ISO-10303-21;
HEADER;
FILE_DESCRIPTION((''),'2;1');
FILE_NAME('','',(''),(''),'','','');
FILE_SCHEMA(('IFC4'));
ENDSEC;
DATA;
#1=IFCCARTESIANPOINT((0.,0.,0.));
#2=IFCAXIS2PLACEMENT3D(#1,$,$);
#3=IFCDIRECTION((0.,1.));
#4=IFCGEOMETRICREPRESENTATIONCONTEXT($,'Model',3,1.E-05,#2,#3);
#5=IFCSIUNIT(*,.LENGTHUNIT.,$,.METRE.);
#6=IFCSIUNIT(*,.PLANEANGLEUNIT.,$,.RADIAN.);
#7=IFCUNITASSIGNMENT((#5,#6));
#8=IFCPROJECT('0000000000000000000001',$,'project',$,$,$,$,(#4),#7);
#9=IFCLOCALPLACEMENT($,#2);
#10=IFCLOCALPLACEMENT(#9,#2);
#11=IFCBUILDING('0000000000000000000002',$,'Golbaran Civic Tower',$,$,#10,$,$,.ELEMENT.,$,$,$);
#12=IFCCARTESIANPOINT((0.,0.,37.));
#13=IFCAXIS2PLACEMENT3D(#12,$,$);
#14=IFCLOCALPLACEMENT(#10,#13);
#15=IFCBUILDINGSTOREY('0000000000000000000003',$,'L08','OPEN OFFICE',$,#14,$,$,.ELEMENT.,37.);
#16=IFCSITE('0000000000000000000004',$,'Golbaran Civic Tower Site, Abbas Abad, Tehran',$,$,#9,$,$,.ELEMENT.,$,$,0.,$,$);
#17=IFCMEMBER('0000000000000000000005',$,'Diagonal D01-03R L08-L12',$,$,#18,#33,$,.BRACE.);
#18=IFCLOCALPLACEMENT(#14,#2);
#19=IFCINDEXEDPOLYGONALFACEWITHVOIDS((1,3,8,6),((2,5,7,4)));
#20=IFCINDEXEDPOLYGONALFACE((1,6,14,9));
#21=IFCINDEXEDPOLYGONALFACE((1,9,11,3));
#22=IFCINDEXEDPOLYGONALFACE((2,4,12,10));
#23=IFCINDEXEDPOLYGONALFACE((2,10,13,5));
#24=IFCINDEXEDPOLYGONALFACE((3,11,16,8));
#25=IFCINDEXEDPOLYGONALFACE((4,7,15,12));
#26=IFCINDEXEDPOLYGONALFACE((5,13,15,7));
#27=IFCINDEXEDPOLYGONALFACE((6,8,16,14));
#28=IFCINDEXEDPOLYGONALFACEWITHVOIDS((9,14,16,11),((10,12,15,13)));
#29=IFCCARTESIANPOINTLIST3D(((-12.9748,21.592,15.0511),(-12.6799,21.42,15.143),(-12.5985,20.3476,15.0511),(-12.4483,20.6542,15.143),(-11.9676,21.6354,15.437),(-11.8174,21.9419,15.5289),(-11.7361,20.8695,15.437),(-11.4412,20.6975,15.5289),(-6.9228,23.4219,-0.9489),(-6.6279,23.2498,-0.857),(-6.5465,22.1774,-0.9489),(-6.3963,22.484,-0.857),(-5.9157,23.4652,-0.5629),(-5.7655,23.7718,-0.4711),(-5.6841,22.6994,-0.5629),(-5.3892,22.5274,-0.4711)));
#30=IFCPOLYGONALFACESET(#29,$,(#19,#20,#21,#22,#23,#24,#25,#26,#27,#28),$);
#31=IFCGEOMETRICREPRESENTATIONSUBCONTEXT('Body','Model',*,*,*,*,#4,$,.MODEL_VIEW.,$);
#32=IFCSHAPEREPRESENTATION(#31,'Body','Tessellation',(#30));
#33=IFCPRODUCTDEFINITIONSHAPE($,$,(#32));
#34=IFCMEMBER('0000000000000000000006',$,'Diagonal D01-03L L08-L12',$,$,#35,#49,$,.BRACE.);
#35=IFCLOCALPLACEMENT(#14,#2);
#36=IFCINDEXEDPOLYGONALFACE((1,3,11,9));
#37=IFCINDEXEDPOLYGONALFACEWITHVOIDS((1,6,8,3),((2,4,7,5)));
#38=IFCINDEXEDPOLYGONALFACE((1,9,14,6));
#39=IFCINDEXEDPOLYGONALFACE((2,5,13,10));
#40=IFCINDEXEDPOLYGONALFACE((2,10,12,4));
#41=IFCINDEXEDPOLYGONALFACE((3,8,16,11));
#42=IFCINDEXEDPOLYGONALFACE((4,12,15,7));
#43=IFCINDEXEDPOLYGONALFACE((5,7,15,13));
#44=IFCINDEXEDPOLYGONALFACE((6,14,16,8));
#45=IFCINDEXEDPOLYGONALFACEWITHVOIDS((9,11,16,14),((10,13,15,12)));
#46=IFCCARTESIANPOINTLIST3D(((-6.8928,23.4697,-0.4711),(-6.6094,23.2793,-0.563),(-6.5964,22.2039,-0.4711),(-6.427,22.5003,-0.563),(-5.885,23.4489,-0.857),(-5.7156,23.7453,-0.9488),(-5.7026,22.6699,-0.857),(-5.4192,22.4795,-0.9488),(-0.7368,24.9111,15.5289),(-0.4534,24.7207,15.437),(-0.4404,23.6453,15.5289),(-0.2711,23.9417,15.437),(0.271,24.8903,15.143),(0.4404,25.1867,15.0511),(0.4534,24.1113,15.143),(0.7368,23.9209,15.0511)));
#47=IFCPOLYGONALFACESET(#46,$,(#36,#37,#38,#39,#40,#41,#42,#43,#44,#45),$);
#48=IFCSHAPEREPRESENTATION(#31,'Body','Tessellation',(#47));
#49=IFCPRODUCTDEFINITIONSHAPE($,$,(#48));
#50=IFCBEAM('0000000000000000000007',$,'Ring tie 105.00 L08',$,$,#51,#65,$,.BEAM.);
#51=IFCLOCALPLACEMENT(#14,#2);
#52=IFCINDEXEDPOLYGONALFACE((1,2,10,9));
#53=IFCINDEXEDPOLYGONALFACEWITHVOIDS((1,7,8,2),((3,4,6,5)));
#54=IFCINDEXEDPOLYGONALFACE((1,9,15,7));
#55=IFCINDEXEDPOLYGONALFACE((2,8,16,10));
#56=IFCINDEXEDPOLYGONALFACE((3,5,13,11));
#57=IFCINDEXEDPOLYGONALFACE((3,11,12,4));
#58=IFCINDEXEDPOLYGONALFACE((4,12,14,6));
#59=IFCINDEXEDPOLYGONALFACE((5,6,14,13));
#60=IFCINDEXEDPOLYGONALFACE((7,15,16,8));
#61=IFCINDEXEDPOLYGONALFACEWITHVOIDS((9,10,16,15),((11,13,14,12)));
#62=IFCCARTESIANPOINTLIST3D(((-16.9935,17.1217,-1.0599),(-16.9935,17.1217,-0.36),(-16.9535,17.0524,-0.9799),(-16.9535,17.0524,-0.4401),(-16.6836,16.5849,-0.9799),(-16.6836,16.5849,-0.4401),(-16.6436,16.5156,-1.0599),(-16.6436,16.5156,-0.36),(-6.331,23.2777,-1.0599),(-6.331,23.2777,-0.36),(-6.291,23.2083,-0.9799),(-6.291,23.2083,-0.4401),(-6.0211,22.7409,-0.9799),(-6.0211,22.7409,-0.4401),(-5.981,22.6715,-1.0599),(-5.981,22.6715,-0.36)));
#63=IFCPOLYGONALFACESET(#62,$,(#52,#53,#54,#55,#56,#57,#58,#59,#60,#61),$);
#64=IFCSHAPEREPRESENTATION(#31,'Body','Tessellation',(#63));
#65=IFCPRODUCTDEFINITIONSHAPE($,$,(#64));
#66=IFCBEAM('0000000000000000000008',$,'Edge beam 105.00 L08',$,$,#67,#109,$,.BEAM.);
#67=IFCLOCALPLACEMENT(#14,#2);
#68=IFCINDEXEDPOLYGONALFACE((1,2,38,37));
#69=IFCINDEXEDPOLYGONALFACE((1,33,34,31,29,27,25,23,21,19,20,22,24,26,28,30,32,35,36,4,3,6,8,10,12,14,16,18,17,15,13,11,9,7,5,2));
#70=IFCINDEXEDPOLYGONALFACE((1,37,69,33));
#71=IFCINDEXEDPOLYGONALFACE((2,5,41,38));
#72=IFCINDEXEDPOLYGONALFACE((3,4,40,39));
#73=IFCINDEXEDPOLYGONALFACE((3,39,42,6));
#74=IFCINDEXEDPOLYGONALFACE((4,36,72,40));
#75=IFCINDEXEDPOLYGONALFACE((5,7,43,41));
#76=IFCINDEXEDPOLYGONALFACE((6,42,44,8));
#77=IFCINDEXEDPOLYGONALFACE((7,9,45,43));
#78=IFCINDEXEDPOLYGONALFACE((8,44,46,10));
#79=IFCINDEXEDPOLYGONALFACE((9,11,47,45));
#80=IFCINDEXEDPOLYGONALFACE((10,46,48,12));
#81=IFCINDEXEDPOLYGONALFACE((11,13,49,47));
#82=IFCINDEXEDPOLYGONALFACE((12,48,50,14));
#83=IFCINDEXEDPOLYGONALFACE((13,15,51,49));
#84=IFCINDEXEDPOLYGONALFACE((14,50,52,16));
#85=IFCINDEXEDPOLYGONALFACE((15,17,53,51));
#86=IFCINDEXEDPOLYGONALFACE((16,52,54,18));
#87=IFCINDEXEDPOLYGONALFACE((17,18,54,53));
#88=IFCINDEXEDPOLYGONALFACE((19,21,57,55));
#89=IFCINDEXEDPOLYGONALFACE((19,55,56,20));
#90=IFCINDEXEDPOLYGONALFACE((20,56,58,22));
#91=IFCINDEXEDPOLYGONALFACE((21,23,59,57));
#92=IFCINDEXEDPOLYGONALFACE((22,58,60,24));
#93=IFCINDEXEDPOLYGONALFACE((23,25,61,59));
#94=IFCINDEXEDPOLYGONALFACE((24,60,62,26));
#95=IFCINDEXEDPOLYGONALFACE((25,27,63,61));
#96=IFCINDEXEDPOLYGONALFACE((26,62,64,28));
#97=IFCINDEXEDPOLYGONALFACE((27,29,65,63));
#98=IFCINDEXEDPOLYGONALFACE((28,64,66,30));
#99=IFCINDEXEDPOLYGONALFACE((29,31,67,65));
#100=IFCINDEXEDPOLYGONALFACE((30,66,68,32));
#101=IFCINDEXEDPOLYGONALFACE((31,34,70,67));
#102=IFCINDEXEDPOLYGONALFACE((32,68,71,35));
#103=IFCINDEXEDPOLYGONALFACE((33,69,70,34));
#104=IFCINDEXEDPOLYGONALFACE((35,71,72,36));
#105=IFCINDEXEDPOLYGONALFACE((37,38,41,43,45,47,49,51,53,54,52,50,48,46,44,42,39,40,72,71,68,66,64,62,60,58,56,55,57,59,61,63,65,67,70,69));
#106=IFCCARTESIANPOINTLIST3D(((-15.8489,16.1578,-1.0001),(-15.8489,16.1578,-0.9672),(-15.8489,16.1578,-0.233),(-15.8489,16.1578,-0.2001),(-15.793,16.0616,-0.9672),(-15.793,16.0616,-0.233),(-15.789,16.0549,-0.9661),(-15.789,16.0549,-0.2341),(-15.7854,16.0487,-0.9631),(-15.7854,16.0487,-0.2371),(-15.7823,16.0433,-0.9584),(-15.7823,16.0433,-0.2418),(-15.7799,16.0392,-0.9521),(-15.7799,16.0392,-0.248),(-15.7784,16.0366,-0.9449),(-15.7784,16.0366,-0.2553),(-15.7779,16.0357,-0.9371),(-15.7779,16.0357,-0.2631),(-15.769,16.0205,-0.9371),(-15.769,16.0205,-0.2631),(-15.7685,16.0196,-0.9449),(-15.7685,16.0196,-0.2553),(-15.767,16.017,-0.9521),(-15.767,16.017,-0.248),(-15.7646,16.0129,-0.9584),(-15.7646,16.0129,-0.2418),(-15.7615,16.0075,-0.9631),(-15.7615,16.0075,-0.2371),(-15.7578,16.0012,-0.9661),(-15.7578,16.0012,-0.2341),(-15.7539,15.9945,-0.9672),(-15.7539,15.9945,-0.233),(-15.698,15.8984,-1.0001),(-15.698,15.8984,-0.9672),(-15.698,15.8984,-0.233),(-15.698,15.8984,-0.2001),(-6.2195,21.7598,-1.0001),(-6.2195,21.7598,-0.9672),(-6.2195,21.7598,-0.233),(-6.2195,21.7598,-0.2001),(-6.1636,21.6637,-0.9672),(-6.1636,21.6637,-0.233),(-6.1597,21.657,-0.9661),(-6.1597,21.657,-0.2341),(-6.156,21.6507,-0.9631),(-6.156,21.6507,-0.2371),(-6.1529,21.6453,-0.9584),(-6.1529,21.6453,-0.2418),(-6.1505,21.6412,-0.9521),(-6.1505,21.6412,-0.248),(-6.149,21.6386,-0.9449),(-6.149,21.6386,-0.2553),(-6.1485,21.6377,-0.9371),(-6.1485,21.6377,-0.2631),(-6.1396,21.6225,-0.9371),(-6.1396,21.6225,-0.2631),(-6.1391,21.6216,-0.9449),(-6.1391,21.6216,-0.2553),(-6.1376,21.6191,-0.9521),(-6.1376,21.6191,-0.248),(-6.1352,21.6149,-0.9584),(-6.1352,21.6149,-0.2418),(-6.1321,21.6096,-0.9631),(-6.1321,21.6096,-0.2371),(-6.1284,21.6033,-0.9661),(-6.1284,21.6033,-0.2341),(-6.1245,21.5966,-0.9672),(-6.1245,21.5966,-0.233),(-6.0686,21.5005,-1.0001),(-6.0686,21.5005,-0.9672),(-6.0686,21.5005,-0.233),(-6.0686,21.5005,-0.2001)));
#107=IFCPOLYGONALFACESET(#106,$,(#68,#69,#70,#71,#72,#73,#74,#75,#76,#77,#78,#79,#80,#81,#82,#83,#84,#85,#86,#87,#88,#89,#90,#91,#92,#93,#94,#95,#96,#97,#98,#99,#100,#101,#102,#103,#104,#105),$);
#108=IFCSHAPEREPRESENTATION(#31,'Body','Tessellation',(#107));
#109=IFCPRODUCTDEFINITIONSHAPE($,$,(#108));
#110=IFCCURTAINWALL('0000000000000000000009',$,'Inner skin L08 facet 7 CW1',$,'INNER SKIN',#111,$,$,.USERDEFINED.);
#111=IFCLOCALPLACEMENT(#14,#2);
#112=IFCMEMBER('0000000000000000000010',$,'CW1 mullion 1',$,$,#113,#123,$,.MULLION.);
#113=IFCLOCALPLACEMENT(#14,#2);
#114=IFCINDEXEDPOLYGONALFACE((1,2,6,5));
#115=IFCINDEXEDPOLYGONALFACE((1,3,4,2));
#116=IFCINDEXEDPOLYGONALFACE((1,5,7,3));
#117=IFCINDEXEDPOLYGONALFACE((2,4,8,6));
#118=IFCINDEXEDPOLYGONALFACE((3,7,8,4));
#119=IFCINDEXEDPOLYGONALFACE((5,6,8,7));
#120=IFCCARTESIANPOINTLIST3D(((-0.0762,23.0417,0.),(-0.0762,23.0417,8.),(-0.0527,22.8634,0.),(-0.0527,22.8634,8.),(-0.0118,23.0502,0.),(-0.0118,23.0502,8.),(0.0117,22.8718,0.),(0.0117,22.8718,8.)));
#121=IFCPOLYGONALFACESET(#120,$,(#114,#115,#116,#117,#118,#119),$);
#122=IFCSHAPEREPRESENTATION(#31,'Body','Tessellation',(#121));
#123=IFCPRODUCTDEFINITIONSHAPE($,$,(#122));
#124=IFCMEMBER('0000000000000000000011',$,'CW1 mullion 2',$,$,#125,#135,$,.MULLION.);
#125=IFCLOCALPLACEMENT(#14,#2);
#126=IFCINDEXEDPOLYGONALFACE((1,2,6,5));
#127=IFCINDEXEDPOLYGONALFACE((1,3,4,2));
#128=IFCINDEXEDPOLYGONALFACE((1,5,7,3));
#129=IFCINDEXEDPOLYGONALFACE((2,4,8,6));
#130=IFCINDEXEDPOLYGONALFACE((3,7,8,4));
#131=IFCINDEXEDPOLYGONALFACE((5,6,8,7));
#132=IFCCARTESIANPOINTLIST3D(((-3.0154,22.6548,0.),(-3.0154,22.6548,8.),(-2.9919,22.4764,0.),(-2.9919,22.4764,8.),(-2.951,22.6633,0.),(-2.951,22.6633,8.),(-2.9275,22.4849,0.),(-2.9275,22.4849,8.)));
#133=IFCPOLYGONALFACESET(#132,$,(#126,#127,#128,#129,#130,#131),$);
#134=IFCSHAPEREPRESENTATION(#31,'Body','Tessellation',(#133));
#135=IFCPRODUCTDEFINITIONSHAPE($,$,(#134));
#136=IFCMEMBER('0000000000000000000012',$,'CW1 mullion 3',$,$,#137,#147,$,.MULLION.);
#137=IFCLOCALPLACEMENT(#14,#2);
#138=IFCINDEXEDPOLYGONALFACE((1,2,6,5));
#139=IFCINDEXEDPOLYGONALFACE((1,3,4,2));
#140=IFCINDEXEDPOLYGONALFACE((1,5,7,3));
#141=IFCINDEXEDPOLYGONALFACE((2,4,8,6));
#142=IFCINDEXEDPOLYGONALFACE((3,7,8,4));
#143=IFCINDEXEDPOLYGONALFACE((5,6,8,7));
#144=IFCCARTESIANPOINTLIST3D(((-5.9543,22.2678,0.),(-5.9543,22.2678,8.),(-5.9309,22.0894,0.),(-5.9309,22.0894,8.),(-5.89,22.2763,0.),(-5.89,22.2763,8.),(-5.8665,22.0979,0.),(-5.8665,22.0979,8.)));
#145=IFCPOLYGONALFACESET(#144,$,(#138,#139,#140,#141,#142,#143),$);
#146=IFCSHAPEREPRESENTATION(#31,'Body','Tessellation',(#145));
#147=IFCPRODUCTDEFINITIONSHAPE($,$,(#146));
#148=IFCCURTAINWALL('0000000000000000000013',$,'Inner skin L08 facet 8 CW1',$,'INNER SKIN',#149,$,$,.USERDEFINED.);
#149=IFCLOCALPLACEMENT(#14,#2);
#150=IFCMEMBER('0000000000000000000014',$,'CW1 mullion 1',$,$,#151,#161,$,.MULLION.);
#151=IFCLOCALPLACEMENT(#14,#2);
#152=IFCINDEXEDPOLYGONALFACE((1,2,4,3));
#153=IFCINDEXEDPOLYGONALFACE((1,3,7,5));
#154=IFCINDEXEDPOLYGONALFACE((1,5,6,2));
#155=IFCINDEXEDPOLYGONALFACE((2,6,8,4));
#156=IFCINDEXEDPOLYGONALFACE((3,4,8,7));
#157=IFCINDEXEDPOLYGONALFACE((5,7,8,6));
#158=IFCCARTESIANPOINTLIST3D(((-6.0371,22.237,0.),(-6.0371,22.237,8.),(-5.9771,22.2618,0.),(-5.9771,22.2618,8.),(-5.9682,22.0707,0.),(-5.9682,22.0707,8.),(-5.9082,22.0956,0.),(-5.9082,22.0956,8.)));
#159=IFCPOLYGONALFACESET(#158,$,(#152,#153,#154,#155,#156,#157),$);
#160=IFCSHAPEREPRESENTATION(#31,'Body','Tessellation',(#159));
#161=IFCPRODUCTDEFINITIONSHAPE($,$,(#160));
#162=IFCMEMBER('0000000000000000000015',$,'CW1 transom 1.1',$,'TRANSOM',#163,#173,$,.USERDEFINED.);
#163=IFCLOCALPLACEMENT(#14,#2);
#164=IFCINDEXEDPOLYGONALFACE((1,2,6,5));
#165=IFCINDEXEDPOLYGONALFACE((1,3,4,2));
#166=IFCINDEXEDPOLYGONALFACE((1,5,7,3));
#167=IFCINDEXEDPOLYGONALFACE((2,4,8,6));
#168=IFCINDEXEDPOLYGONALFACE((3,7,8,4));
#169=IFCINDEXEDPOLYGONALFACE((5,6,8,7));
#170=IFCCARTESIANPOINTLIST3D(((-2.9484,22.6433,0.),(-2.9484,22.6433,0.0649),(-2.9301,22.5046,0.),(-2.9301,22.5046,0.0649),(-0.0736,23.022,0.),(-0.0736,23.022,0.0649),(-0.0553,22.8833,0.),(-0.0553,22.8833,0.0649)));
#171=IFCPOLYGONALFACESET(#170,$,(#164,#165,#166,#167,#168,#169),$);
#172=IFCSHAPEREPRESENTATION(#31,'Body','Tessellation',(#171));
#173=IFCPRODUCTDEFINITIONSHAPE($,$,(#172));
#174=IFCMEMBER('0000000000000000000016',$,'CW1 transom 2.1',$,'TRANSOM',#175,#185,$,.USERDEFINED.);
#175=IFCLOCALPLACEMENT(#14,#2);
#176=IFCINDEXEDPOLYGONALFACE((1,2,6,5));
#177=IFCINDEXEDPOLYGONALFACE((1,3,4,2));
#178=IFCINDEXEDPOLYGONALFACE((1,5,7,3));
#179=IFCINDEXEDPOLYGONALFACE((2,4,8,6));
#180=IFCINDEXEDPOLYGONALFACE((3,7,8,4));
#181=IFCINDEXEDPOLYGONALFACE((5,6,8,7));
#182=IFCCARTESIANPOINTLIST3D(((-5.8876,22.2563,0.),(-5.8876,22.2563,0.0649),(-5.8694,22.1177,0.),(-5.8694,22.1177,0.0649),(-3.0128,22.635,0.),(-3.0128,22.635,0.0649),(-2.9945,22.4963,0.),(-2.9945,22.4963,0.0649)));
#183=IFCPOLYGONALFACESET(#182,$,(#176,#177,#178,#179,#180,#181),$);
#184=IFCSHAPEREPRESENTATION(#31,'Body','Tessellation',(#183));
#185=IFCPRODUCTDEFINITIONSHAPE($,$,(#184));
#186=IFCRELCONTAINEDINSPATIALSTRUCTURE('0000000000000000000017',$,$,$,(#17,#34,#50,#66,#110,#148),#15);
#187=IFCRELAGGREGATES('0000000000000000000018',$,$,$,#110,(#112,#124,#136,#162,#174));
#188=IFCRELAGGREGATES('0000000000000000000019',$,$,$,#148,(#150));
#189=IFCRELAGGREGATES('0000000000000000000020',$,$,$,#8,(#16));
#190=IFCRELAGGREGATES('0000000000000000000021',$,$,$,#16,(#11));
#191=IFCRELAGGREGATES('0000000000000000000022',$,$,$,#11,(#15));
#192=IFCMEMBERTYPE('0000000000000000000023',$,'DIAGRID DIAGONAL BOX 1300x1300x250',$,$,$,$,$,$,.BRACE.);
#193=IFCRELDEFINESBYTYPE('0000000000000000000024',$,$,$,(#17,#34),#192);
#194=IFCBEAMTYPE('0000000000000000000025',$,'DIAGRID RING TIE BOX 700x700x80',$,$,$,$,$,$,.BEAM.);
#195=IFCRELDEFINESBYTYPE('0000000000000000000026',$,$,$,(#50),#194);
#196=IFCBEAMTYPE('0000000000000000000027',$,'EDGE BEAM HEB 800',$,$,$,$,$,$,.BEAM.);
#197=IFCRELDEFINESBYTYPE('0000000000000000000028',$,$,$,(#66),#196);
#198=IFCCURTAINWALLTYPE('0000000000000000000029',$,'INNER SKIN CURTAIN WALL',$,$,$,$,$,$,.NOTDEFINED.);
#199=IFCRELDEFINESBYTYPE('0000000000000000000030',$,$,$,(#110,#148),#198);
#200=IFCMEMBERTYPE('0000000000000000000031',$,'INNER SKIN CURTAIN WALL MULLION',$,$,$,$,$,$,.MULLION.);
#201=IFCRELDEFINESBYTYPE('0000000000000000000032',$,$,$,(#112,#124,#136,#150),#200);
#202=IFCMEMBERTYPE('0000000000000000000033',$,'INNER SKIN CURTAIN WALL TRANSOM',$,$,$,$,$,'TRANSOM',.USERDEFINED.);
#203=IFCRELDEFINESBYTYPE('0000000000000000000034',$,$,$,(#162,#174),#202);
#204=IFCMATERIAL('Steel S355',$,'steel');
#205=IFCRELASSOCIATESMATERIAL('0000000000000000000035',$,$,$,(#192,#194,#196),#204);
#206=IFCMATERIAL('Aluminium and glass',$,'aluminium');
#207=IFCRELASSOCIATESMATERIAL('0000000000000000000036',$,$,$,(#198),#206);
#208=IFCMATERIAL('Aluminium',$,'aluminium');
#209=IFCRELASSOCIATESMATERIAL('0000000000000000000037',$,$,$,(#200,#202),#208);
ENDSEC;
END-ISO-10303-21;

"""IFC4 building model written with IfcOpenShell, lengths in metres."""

from ifc_helpers import new_model, si_unit, direction, frame, origin, origin_2d, place, context, subcontext, project, spatial, rectangle, hollow_rectangle, i_section, extrude, material, material_profile, profile_set, type_object, element, aggregate, save


model = new_model("IFC4")

# Units and contexts
model_context = context("Model", 3, precision=1e-05, world=origin(), true_north=direction((0.0, 1.0)))
body_context = subcontext(model_context, "Body", "Model", "MODEL_VIEW")
ifc_project = project(units=[si_unit("LENGTHUNIT", "METRE"), si_unit("PLANEANGLEUNIT", "RADIAN")], contexts=[model_context])

# Site, building, storey
site_placement = place(None, origin())
site = spatial("IfcSite", under=ifc_project, at=site_placement, Name="Golbaran Civic Tower Site, Abbas Abad, Tehran", CompositionType="ELEMENT", RefElevation=0.0)
building_placement = place(site_placement, origin())
building = spatial("IfcBuilding", under=site, at=building_placement, Name="Golbaran Civic Tower", CompositionType="ELEMENT")
storey_placement = place(building_placement, frame((0.0, 0.0, 37.0)))
storey = spatial("IfcBuildingStorey", under=building, at=storey_placement, Name="L08", Description="OPEN OFFICE", CompositionType="ELEMENT", Elevation=37.0)

# Members
ifc_material_1 = material(Name="Steel S355", Category="steel")
ifc_material_profile_1 = material_profile(ifc_material_1, hollow_rectangle(XDim=1.3, YDim=1.3, WallThickness=0.25, at=origin_2d()), Name="BOX 1300x1300x250")
ifc_profile_set_1 = profile_set([ifc_material_profile_1], Name="Steel S355")
member_type_1 = type_object("IfcMemberType", Name="DIAGRID DIAGONAL BOX 1300x1300x250", PredefinedType="BRACE", material=ifc_profile_set_1)
for number, where, z_axis, x_axis, name in (
    (1, (-6.156, 22.9746, -0.71), (-0.35178, -0.106361, 0.93002), (0.289413, -0.957204, 0.0), "Diagonal D01-03R L08-L12"),
    (2, (-6.156, 22.9746, -0.71), (0.357826, 0.083784, 0.930022), (-0.22798, 0.973666, 0.0), "Diagonal D01-03L L08-L12"),
):
    element("IfcMember", number, at=place(storey_placement, frame(where, z_axis=z_axis, x_axis=x_axis)), inside=storey, type_object=member_type_1, Name=name, PredefinedType="BRACE", context=body_context, shape_type="SweptSolid", body=[
        extrude(hollow_rectangle(XDim=1.3, YDim=1.3, WallThickness=0.25, at=origin_2d()), origin(), (0.0, 0.0, 1.0), 17.2039),
    ])

# Beams
ifc_material_profile_2 = material_profile(ifc_material_1, hollow_rectangle(XDim=0.7, YDim=0.7, WallThickness=0.0801, at=origin_2d()), Name="BOX 700x700x80")
ifc_profile_set_2 = profile_set([ifc_material_profile_2], Name="Steel S355")
beam_type_1 = type_object("IfcBeamType", Name="DIAGRID RING TIE BOX 700x700x80", PredefinedType="BEAM", material=ifc_profile_set_2)
beam_1_placement = place(storey_placement, frame((-6.156, 22.9746, -0.71), z_axis=(-0.866027, -0.499997, 0.0), x_axis=(0.499997, -0.866027, 0.0)))
element("IfcBeam", 3, at=beam_1_placement, inside=storey, type_object=beam_type_1, Name="Ring tie 105.00 L08", PredefinedType="BEAM", context=body_context, shape_type="SweptSolid", body=[
    extrude(hollow_rectangle(XDim=0.7, YDim=0.7, WallThickness=0.0801, at=origin_2d()), origin(), (0.0, 0.0, 1.0), 12.312),
])
ifc_material_profile_3 = material_profile(ifc_material_1, i_section(OverallWidth=0.3, OverallDepth=0.8, WebThickness=0.0176, FlangeThickness=0.033, FilletRadius=0.03, at=origin_2d()), Name="HEB 800")
ifc_profile_set_3 = profile_set([ifc_material_profile_3], Name="Steel S355")
beam_type_2 = type_object("IfcBeamType", Name="EDGE BEAM HEB 800", PredefinedType="BEAM", material=ifc_profile_set_3)
beam_2_placement = place(storey_placement, frame((-6.144, 21.6301, -0.6001), z_axis=(-0.864368, -0.50286, 0.0), x_axis=(0.50286, -0.864368, 0.0)))
element("IfcBeam", 4, at=beam_2_placement, inside=storey, type_object=beam_type_2, Name="Edge beam 105.00 L08", PredefinedType="BEAM", context=body_context, shape_type="SweptSolid", body=[
    extrude(i_section(OverallWidth=0.3, OverallDepth=0.8, WebThickness=0.0176, FlangeThickness=0.033, FilletRadius=0.03, at=origin_2d()), origin(), (0.0, 0.0, 1.0), 11.1404),
])

# Curtain wall, members
ifc_material_2 = material(Name="Aluminium and glass", Category="aluminium")
curtain_wall_type_1 = type_object("IfcCurtainWallType", Name="INNER SKIN CURTAIN WALL", PredefinedType="NOTDEFINED", material=ifc_material_2)
curtain_wall_1_placement = place(storey_placement, origin())
curtain_wall_1 = element("IfcCurtainWall", 5, at=curtain_wall_1_placement, inside=storey, type_object=curtain_wall_type_1, Name="Inner skin L08 facet 7 CW1", ObjectType="INNER SKIN", PredefinedType="USERDEFINED")
ifc_material_3 = material(Name="Aluminium", Category="aluminium")
ifc_material_profile_4 = material_profile(ifc_material_3, rectangle(XDim=0.1799, YDim=0.0649, at=origin_2d()), Name="INNER SKIN CURTAIN WALL MULLION")
ifc_profile_set_4 = profile_set([ifc_material_profile_4], Name="Aluminium")
member_type_2 = type_object("IfcMemberType", Name="INNER SKIN CURTAIN WALL MULLION", PredefinedType="MULLION", material=ifc_profile_set_4)
member_1_placement = place(storey_placement, frame((-0.0322, 22.9568, 0.0), z_axis=(0.0, 0.0, 1.0), x_axis=(0.130526, -0.991445, 0.0)))
member_1 = element("IfcMember", 6, at=member_1_placement, type_object=member_type_2, Name="CW1 mullion 1", PredefinedType="MULLION", context=body_context, shape_type="SweptSolid", body=[
    extrude(rectangle(XDim=0.1799, YDim=0.0649, at=origin_2d()), origin(), (0.0, 0.0, 1.0), 8.0),
])
member_2_placement = place(storey_placement, frame((-2.9714, 22.5698, 0.0), z_axis=(0.0, 0.0, 1.0), x_axis=(0.130526, -0.991445, 0.0)))
member_2 = element("IfcMember", 7, at=member_2_placement, type_object=member_type_2, Name="CW1 mullion 2", PredefinedType="MULLION", context=body_context, shape_type="SweptSolid", body=[
    extrude(rectangle(XDim=0.1799, YDim=0.0649, at=origin_2d()), origin(), (0.0, 0.0, 1.0), 8.0),
])
member_3_placement = place(storey_placement, frame((-5.9104, 22.1829, 0.0), z_axis=(0.0, 0.0, 1.0), x_axis=(0.130526, -0.991445, 0.0)))
member_3 = element("IfcMember", 8, at=member_3_placement, type_object=member_type_2, Name="CW1 mullion 3", PredefinedType="MULLION", context=body_context, shape_type="SweptSolid", body=[
    extrude(rectangle(XDim=0.1799, YDim=0.0649, at=origin_2d()), origin(), (0.0, 0.0, 1.0), 8.0),
])

# Curtain wall, member
curtain_wall_2_placement = place(storey_placement, origin())
curtain_wall_2 = element("IfcCurtainWall", 9, at=curtain_wall_2_placement, inside=storey, type_object=curtain_wall_type_1, Name="Inner skin L08 facet 8 CW1", ObjectType="INNER SKIN", PredefinedType="USERDEFINED")
member_4_placement = place(storey_placement, frame((-5.9727, 22.1663, 0.0), z_axis=(0.0, 0.0, 1.0), x_axis=(0.382683, -0.92388, 0.0)))
member_4 = element("IfcMember", 10, at=member_4_placement, type_object=member_type_2, Name="CW1 mullion 1", PredefinedType="MULLION", context=body_context, shape_type="SweptSolid", body=[
    extrude(rectangle(XDim=0.1799, YDim=0.0649, at=origin_2d()), origin(), (0.0, 0.0, 1.0), 8.0),
])

# Members
ifc_material_profile_5 = material_profile(ifc_material_3, rectangle(XDim=0.1399, YDim=0.0649, at=origin_2d()), Name="INNER SKIN CURTAIN WALL TRANSOM")
ifc_profile_set_5 = profile_set([ifc_material_profile_5], Name="Aluminium")
member_type_3 = type_object("IfcMemberType", Name="INNER SKIN CURTAIN WALL TRANSOM", ElementType="TRANSOM", PredefinedType="USERDEFINED", material=ifc_profile_set_5)
member_5_placement = place(storey_placement, frame((-0.0645, 22.9526, 0.0325), z_axis=(-0.991436, -0.130592, 0.0), x_axis=(0.130592, -0.991436, 0.0)))
member_5 = element("IfcMember", 11, at=member_5_placement, type_object=member_type_3, Name="CW1 transom 1.1", ObjectType="TRANSOM", PredefinedType="USERDEFINED", context=body_context, shape_type="SweptSolid", body=[
    extrude(rectangle(XDim=0.1399, YDim=0.0649, at=origin_2d()), origin(), (0.0, 0.0, 1.0), 2.8997),
])
member_6_placement = place(storey_placement, frame((-3.0037, 22.5657, 0.0325), z_axis=(-0.991436, -0.130592, 0.0), x_axis=(0.130592, -0.991436, 0.0)))
member_6 = element("IfcMember", 12, at=member_6_placement, type_object=member_type_3, Name="CW1 transom 2.1", ObjectType="TRANSOM", PredefinedType="USERDEFINED", context=body_context, shape_type="SweptSolid", body=[
    extrude(rectangle(XDim=0.1399, YDim=0.0649, at=origin_2d()), origin(), (0.0, 0.0, 1.0), 2.8997),
])

aggregate(curtain_wall_1, [member_1, member_2, member_3, member_5, member_6])
aggregate(curtain_wall_2, [member_4])

save(model, "model.ifc")
